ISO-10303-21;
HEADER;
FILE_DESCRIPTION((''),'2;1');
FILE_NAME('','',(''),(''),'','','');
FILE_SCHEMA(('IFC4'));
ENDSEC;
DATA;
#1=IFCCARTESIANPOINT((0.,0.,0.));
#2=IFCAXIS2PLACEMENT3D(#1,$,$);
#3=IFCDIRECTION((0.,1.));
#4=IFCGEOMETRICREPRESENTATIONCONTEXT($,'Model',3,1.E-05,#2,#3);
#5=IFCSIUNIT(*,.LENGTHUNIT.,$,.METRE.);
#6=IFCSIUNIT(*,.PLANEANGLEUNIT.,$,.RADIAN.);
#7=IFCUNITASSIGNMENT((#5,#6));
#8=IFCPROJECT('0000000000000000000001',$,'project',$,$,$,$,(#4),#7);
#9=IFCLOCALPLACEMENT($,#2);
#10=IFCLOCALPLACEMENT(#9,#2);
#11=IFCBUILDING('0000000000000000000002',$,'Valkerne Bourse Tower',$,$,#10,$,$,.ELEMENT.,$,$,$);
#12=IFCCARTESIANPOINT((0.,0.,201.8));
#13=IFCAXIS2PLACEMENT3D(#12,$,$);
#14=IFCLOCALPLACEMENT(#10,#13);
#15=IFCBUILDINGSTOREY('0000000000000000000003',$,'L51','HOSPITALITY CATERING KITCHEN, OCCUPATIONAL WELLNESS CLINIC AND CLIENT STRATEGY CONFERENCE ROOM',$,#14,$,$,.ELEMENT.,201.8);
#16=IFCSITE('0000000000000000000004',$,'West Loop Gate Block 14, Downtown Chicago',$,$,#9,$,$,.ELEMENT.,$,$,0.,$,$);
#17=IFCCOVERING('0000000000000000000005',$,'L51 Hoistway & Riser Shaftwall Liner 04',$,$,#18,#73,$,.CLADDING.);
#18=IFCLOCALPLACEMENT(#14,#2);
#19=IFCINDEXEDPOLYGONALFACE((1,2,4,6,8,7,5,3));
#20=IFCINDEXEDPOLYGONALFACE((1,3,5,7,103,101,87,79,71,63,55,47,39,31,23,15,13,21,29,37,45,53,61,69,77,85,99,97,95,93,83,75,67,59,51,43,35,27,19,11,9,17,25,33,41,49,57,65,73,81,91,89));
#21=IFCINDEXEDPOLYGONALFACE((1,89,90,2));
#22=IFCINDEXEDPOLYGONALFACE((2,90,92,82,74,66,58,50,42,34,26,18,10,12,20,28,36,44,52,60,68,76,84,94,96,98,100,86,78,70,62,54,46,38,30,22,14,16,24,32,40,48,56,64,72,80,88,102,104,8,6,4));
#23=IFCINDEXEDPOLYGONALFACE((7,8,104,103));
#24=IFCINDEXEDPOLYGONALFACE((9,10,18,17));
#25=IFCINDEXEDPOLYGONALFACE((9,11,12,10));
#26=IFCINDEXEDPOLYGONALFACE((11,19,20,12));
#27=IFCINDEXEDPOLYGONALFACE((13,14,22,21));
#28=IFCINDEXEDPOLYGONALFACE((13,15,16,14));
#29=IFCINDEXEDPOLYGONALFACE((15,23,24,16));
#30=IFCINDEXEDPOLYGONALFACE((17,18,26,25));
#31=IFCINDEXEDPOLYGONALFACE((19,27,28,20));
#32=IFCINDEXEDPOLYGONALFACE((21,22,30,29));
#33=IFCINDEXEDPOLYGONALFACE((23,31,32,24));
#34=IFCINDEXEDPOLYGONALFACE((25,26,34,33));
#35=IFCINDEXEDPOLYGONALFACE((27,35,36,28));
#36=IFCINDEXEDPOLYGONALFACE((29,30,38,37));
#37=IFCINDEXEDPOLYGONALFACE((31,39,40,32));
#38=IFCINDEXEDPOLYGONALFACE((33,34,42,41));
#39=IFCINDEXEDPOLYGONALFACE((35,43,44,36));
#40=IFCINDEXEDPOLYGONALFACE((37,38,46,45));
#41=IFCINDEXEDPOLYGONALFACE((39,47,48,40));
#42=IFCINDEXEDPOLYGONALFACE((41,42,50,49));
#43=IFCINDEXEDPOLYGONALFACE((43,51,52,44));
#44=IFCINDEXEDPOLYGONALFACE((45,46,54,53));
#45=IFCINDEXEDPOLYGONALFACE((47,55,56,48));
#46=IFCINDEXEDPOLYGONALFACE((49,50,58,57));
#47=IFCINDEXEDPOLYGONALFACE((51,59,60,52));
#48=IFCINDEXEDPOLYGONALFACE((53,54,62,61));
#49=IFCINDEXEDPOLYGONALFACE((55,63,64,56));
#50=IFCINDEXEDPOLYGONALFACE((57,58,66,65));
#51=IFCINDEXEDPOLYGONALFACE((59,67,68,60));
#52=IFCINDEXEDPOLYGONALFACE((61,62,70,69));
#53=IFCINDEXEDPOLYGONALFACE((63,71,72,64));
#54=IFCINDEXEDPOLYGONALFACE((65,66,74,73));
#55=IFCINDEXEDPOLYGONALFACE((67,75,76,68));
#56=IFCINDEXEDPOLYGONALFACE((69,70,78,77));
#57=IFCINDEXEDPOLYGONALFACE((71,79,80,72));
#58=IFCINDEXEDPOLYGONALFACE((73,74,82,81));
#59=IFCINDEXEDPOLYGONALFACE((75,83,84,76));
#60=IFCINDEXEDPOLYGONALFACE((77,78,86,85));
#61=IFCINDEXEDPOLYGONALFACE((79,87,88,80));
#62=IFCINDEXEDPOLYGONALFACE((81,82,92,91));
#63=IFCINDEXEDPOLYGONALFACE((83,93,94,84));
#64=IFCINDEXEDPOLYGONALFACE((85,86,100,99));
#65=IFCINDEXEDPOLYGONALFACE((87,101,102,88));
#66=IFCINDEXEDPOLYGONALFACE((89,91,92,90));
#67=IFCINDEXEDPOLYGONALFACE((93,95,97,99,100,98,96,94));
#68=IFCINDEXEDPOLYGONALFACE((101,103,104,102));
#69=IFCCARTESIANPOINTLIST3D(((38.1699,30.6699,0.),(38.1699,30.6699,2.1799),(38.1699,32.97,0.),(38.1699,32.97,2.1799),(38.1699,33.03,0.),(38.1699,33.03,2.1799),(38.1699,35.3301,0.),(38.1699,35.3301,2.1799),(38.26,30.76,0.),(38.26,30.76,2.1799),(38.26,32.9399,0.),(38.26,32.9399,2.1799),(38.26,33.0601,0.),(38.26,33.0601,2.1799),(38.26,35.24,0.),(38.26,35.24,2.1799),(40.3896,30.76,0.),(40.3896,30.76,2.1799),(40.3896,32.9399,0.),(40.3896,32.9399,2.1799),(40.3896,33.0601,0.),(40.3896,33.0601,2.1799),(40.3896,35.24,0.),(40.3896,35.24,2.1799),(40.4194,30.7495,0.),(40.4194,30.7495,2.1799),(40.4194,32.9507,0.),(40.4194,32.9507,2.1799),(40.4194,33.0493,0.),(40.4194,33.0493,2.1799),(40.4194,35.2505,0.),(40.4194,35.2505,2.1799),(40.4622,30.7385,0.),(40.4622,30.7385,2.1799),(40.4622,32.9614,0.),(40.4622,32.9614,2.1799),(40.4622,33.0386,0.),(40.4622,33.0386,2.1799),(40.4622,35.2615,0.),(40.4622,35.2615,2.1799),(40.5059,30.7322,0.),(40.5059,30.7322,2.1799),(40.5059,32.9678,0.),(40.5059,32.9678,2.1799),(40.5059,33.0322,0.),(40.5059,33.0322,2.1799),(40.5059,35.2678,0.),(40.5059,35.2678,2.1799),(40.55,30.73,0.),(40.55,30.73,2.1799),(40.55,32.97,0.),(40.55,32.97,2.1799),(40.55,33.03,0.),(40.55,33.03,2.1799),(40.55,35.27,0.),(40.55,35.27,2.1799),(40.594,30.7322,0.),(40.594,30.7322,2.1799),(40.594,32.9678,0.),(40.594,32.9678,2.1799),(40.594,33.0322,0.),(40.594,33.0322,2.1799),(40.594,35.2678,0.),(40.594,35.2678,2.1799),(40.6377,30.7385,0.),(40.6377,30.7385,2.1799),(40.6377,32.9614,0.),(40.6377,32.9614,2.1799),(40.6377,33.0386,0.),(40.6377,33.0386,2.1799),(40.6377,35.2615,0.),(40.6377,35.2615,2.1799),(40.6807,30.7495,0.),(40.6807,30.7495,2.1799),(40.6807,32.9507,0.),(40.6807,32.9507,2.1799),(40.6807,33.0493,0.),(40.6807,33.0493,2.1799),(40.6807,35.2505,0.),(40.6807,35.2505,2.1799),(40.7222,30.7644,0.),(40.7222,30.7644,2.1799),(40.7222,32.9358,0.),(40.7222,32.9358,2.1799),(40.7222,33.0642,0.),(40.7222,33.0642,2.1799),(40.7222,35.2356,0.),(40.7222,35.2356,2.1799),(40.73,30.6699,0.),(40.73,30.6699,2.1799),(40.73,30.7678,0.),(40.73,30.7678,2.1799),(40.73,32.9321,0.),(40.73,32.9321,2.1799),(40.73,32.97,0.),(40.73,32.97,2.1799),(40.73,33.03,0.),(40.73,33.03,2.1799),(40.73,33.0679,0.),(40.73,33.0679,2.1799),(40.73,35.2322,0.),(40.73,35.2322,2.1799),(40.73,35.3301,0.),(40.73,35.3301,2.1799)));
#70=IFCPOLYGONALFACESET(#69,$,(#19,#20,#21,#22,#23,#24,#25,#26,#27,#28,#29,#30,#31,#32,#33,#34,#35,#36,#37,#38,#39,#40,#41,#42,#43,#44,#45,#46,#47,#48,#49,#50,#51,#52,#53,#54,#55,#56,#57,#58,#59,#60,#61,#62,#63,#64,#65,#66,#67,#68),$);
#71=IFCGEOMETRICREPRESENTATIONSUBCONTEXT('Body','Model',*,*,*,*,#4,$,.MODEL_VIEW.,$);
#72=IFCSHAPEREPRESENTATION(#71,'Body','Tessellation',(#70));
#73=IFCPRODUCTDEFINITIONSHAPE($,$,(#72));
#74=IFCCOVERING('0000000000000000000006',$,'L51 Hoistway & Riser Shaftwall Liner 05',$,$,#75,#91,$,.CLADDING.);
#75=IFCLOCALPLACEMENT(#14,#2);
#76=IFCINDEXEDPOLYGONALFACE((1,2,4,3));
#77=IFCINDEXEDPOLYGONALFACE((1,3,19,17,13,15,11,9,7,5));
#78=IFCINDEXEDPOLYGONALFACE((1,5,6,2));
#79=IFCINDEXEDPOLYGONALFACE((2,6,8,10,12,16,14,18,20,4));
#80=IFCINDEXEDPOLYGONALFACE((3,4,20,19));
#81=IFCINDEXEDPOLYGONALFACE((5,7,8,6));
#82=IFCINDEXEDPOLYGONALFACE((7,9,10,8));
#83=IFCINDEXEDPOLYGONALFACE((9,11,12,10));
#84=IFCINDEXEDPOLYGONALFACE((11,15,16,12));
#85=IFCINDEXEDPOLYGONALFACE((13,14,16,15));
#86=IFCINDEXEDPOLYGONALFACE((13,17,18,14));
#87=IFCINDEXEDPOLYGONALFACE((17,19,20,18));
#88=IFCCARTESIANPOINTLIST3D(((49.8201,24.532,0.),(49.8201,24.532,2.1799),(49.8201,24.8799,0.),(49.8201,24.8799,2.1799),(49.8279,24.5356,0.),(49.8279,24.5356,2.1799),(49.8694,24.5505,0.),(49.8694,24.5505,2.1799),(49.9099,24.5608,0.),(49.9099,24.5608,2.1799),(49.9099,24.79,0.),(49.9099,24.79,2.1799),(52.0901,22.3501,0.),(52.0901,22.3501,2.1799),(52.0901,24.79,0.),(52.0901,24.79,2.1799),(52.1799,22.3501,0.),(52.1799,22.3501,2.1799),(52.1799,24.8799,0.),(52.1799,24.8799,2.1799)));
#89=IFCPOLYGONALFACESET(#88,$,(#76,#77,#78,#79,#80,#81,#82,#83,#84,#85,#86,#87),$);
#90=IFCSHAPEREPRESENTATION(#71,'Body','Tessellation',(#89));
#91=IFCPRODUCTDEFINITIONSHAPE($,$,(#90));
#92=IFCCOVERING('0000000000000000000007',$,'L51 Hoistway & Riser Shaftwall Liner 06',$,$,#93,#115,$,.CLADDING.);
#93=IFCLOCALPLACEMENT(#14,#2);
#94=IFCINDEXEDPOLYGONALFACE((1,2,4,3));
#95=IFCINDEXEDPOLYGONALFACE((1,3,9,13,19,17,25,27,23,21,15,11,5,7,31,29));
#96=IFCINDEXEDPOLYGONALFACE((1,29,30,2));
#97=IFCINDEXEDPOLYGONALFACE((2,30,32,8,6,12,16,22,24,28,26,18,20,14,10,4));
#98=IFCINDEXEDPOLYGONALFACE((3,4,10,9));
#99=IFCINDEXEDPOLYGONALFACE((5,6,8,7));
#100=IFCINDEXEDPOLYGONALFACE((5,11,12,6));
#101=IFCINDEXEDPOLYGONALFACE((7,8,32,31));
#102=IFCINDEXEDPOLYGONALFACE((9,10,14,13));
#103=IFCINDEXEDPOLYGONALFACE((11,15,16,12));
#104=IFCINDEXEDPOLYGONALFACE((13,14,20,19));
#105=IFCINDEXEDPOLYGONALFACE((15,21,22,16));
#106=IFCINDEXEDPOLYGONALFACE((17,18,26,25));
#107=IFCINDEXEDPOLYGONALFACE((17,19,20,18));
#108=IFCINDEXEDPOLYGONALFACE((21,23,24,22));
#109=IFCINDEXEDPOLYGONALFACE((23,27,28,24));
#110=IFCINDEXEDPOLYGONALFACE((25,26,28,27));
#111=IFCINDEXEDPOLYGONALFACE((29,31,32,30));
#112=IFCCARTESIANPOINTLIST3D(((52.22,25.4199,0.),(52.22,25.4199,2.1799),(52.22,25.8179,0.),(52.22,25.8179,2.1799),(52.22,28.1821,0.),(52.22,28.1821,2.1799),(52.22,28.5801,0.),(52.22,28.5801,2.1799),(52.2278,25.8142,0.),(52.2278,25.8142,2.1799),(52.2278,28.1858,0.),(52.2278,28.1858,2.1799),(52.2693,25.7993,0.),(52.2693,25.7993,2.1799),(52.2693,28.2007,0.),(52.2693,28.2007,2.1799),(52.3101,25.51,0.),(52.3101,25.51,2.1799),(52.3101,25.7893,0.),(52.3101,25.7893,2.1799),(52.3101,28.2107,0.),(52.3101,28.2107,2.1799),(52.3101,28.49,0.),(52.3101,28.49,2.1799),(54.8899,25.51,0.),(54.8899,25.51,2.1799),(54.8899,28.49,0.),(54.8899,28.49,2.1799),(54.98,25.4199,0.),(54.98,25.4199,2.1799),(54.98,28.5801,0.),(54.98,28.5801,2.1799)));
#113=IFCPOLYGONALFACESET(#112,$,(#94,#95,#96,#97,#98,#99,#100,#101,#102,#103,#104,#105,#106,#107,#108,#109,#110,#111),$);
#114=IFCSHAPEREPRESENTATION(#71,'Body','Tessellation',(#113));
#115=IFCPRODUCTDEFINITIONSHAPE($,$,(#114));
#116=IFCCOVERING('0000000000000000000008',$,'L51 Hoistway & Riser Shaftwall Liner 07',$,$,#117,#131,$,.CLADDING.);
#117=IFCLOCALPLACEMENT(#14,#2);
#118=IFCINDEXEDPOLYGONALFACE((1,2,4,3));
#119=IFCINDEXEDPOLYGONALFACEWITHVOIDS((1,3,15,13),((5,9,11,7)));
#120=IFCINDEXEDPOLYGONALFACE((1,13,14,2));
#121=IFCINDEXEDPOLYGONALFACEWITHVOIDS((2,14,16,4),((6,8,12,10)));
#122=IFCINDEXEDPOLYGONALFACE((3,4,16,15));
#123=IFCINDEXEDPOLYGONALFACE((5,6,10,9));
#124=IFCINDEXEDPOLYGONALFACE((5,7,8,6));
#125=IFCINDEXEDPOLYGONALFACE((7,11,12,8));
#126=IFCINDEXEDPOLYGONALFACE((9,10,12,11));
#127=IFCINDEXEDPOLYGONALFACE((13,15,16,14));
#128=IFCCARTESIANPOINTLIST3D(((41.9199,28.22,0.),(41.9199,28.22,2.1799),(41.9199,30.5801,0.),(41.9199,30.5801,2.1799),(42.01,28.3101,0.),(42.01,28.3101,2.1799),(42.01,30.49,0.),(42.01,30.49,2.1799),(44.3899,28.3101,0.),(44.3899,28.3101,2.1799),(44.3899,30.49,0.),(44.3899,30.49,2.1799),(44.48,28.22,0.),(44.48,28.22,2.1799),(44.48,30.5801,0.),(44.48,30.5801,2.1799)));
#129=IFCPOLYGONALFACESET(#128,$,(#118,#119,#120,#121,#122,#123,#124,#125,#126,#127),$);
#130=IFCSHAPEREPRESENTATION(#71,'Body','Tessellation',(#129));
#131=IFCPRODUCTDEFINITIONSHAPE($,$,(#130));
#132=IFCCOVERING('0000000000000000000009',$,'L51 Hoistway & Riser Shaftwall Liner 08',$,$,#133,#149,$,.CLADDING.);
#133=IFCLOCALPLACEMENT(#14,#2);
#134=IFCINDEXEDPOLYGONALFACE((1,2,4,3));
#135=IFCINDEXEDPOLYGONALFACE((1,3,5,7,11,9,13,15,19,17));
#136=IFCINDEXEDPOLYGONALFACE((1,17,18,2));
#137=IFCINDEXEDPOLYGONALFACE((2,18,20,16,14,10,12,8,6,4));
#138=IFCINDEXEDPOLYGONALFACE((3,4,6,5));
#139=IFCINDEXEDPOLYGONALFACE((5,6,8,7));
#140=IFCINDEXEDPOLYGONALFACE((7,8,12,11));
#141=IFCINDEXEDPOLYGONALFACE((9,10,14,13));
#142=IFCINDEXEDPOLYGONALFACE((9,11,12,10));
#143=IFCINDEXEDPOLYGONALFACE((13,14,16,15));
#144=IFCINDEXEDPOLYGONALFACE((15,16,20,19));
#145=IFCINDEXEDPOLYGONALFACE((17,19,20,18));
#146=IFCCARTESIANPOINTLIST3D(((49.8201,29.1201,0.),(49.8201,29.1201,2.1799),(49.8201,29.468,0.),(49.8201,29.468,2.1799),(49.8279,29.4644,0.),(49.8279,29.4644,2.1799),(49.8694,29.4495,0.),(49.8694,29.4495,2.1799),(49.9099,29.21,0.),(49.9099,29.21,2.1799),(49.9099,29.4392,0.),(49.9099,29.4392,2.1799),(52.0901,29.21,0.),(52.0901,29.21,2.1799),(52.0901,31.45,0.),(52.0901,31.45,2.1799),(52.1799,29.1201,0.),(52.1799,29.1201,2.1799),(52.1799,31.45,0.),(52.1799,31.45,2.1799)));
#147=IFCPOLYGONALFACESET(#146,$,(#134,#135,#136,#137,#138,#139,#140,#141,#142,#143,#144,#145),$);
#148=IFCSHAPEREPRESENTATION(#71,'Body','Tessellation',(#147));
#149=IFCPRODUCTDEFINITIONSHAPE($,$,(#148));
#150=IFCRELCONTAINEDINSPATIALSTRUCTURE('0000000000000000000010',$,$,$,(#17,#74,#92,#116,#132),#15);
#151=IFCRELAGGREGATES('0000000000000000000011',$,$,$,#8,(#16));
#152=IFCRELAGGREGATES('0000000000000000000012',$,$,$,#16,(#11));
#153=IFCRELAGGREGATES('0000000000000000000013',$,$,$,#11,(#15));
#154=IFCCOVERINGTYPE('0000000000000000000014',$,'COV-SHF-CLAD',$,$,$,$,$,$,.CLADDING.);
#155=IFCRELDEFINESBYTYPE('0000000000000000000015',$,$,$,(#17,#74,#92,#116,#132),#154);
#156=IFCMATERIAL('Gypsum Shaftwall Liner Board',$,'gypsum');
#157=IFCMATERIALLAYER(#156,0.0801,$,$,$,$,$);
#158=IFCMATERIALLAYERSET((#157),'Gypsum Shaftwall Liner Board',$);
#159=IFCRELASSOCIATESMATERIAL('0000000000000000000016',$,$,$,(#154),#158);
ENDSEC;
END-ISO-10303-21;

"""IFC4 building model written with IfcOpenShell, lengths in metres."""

from ifc_helpers import new_model, si_unit, direction, frame, origin, place, context, subcontext, project, spatial, polyline, outline, extrude, material, layer, layer_set, type_object, element, save


model = new_model("IFC4")

# Units and contexts
model_context = context("Model", 3, precision=1e-05, world=origin(), true_north=direction((0.0, 1.0)))
body_context = subcontext(model_context, "Body", "Model", "MODEL_VIEW")
ifc_project = project(units=[si_unit("LENGTHUNIT", "METRE"), si_unit("PLANEANGLEUNIT", "RADIAN")], contexts=[model_context])

# Site, building, storey
site_placement = place(None, origin())
site = spatial("IfcSite", under=ifc_project, at=site_placement, Name="West Loop Gate Block 14, Downtown Chicago", CompositionType="ELEMENT", RefElevation=0.0)
building_placement = place(site_placement, origin())
building = spatial("IfcBuilding", under=site, at=building_placement, Name="Valkerne Bourse Tower", CompositionType="ELEMENT")
storey_placement = place(building_placement, frame((0.0, 0.0, 201.8)))
storey = spatial("IfcBuildingStorey", under=building, at=storey_placement, Name="L51", Description="HOSPITALITY CATERING KITCHEN, OCCUPATIONAL WELLNESS CLINIC AND CLIENT STRATEGY CONFERENCE ROOM", CompositionType="ELEMENT", Elevation=201.8)

# Coverings
ifc_material_1 = material(Name="Gypsum Shaftwall Liner Board", Category="gypsum")
ifc_layer_1 = layer(ifc_material_1, 0.0801)
ifc_layer_set_1 = layer_set([ifc_layer_1], Name="Gypsum Shaftwall Liner Board")
covering_type_1 = type_object("IfcCoveringType", Name="COV-SHF-CLAD", PredefinedType="CLADDING", material=ifc_layer_set_1)
covering_1_placement = place(storey_placement, origin())
element("IfcCovering", 1, at=covering_1_placement, inside=storey, type_object=covering_type_1, Name="L51 Hoistway & Riser Shaftwall Liner 04", PredefinedType="CLADDING", context=body_context, shape_type="SweptSolid", body=[
    extrude(outline(polyline([(38.1699, 35.3301), (40.73, 35.3301), (40.73, 35.2322), (40.7222, 35.2356), (40.6807, 35.2505), (40.6377, 35.2615), (40.594, 35.2678), (40.55, 35.27), (40.5059, 35.2678), (40.4622, 35.2615), (40.4194, 35.2505), (40.3896, 35.24), (38.26, 35.24), (38.26, 33.0601), (40.3896, 33.0601), (40.4194, 33.0493), (40.4622, 33.0386), (40.5059, 33.0322), (40.55, 33.03), (40.594, 33.0322), (40.6377, 33.0386), (40.6807, 33.0493), (40.7222, 33.0642), (40.73, 33.0679), (40.73, 33.03), (40.73, 32.97), (40.73, 32.9321), (40.7222, 32.9358), (40.6807, 32.9507), (40.6377, 32.9614), (40.594, 32.9678), (40.55, 32.97), (40.5059, 32.9678), (40.4622, 32.9614), (40.4194, 32.9507), (40.3896, 32.9399), (38.26, 32.9399), (38.26, 30.76), (40.3896, 30.76), (40.4194, 30.7495), (40.4622, 30.7385), (40.5059, 30.7322), (40.55, 30.73), (40.594, 30.7322), (40.6377, 30.7385), (40.6807, 30.7495), (40.7222, 30.7644), (40.73, 30.7678), (40.73, 30.6699), (38.1699, 30.6699), (38.1699, 32.97), (38.1699, 33.03), (38.1699, 35.3301)])), origin(), (0.0, 0.0, 1.0), 2.1799),
])
covering_2_placement = place(storey_placement, origin())
element("IfcCovering", 2, at=covering_2_placement, inside=storey, type_object=covering_type_1, Name="L51 Hoistway & Riser Shaftwall Liner 05", PredefinedType="CLADDING", context=body_context, shape_type="SweptSolid", body=[
    extrude(outline(polyline([(52.1799, 22.3501), (52.0901, 22.3501), (52.0901, 24.79), (49.9099, 24.79), (49.9099, 24.5608), (49.8694, 24.5505), (49.8279, 24.5356), (49.8201, 24.532), (49.8201, 24.8799), (52.1799, 24.8799), (52.1799, 22.3501)])), origin(), (0.0, 0.0, 1.0), 2.1799),
])
covering_3_placement = place(storey_placement, origin())
element("IfcCovering", 3, at=covering_3_placement, inside=storey, type_object=covering_type_1, Name="L51 Hoistway & Riser Shaftwall Liner 06", PredefinedType="CLADDING", context=body_context, shape_type="SweptSolid", body=[
    extrude(outline(polyline([(54.98, 25.4199), (52.22, 25.4199), (52.22, 25.8179), (52.2278, 25.8142), (52.2693, 25.7993), (52.3101, 25.7893), (52.3101, 25.51), (54.8899, 25.51), (54.8899, 28.49), (52.3101, 28.49), (52.3101, 28.2107), (52.2693, 28.2007), (52.2278, 28.1858), (52.22, 28.1821), (52.22, 28.5801), (54.98, 28.5801), (54.98, 25.4199)])), origin(), (0.0, 0.0, 1.0), 2.1799),
])
covering_4_placement = place(storey_placement, origin())
element("IfcCovering", 4, at=covering_4_placement, inside=storey, type_object=covering_type_1, Name="L51 Hoistway & Riser Shaftwall Liner 07", PredefinedType="CLADDING", context=body_context, shape_type="SweptSolid", body=[
    extrude(outline(polyline([(44.48, 28.22), (41.9199, 28.22), (41.9199, 30.5801), (44.48, 30.5801), (44.48, 28.22)]), holes=[polyline([(42.01, 30.49), (42.01, 28.3101), (44.3899, 28.3101), (44.3899, 30.49), (42.01, 30.49)])]), origin(), (0.0, 0.0, 1.0), 2.1799),
])
covering_5_placement = place(storey_placement, origin())
element("IfcCovering", 5, at=covering_5_placement, inside=storey, type_object=covering_type_1, Name="L51 Hoistway & Riser Shaftwall Liner 08", PredefinedType="CLADDING", context=body_context, shape_type="SweptSolid", body=[
    extrude(outline(polyline([(49.8201, 29.1201), (49.8201, 29.468), (49.8279, 29.4644), (49.8694, 29.4495), (49.9099, 29.4392), (49.9099, 29.21), (52.0901, 29.21), (52.0901, 31.45), (52.1799, 31.45), (52.1799, 29.1201), (49.8201, 29.1201)])), origin(), (0.0, 0.0, 1.0), 2.1799),
])

save(model, "model.ifc")
